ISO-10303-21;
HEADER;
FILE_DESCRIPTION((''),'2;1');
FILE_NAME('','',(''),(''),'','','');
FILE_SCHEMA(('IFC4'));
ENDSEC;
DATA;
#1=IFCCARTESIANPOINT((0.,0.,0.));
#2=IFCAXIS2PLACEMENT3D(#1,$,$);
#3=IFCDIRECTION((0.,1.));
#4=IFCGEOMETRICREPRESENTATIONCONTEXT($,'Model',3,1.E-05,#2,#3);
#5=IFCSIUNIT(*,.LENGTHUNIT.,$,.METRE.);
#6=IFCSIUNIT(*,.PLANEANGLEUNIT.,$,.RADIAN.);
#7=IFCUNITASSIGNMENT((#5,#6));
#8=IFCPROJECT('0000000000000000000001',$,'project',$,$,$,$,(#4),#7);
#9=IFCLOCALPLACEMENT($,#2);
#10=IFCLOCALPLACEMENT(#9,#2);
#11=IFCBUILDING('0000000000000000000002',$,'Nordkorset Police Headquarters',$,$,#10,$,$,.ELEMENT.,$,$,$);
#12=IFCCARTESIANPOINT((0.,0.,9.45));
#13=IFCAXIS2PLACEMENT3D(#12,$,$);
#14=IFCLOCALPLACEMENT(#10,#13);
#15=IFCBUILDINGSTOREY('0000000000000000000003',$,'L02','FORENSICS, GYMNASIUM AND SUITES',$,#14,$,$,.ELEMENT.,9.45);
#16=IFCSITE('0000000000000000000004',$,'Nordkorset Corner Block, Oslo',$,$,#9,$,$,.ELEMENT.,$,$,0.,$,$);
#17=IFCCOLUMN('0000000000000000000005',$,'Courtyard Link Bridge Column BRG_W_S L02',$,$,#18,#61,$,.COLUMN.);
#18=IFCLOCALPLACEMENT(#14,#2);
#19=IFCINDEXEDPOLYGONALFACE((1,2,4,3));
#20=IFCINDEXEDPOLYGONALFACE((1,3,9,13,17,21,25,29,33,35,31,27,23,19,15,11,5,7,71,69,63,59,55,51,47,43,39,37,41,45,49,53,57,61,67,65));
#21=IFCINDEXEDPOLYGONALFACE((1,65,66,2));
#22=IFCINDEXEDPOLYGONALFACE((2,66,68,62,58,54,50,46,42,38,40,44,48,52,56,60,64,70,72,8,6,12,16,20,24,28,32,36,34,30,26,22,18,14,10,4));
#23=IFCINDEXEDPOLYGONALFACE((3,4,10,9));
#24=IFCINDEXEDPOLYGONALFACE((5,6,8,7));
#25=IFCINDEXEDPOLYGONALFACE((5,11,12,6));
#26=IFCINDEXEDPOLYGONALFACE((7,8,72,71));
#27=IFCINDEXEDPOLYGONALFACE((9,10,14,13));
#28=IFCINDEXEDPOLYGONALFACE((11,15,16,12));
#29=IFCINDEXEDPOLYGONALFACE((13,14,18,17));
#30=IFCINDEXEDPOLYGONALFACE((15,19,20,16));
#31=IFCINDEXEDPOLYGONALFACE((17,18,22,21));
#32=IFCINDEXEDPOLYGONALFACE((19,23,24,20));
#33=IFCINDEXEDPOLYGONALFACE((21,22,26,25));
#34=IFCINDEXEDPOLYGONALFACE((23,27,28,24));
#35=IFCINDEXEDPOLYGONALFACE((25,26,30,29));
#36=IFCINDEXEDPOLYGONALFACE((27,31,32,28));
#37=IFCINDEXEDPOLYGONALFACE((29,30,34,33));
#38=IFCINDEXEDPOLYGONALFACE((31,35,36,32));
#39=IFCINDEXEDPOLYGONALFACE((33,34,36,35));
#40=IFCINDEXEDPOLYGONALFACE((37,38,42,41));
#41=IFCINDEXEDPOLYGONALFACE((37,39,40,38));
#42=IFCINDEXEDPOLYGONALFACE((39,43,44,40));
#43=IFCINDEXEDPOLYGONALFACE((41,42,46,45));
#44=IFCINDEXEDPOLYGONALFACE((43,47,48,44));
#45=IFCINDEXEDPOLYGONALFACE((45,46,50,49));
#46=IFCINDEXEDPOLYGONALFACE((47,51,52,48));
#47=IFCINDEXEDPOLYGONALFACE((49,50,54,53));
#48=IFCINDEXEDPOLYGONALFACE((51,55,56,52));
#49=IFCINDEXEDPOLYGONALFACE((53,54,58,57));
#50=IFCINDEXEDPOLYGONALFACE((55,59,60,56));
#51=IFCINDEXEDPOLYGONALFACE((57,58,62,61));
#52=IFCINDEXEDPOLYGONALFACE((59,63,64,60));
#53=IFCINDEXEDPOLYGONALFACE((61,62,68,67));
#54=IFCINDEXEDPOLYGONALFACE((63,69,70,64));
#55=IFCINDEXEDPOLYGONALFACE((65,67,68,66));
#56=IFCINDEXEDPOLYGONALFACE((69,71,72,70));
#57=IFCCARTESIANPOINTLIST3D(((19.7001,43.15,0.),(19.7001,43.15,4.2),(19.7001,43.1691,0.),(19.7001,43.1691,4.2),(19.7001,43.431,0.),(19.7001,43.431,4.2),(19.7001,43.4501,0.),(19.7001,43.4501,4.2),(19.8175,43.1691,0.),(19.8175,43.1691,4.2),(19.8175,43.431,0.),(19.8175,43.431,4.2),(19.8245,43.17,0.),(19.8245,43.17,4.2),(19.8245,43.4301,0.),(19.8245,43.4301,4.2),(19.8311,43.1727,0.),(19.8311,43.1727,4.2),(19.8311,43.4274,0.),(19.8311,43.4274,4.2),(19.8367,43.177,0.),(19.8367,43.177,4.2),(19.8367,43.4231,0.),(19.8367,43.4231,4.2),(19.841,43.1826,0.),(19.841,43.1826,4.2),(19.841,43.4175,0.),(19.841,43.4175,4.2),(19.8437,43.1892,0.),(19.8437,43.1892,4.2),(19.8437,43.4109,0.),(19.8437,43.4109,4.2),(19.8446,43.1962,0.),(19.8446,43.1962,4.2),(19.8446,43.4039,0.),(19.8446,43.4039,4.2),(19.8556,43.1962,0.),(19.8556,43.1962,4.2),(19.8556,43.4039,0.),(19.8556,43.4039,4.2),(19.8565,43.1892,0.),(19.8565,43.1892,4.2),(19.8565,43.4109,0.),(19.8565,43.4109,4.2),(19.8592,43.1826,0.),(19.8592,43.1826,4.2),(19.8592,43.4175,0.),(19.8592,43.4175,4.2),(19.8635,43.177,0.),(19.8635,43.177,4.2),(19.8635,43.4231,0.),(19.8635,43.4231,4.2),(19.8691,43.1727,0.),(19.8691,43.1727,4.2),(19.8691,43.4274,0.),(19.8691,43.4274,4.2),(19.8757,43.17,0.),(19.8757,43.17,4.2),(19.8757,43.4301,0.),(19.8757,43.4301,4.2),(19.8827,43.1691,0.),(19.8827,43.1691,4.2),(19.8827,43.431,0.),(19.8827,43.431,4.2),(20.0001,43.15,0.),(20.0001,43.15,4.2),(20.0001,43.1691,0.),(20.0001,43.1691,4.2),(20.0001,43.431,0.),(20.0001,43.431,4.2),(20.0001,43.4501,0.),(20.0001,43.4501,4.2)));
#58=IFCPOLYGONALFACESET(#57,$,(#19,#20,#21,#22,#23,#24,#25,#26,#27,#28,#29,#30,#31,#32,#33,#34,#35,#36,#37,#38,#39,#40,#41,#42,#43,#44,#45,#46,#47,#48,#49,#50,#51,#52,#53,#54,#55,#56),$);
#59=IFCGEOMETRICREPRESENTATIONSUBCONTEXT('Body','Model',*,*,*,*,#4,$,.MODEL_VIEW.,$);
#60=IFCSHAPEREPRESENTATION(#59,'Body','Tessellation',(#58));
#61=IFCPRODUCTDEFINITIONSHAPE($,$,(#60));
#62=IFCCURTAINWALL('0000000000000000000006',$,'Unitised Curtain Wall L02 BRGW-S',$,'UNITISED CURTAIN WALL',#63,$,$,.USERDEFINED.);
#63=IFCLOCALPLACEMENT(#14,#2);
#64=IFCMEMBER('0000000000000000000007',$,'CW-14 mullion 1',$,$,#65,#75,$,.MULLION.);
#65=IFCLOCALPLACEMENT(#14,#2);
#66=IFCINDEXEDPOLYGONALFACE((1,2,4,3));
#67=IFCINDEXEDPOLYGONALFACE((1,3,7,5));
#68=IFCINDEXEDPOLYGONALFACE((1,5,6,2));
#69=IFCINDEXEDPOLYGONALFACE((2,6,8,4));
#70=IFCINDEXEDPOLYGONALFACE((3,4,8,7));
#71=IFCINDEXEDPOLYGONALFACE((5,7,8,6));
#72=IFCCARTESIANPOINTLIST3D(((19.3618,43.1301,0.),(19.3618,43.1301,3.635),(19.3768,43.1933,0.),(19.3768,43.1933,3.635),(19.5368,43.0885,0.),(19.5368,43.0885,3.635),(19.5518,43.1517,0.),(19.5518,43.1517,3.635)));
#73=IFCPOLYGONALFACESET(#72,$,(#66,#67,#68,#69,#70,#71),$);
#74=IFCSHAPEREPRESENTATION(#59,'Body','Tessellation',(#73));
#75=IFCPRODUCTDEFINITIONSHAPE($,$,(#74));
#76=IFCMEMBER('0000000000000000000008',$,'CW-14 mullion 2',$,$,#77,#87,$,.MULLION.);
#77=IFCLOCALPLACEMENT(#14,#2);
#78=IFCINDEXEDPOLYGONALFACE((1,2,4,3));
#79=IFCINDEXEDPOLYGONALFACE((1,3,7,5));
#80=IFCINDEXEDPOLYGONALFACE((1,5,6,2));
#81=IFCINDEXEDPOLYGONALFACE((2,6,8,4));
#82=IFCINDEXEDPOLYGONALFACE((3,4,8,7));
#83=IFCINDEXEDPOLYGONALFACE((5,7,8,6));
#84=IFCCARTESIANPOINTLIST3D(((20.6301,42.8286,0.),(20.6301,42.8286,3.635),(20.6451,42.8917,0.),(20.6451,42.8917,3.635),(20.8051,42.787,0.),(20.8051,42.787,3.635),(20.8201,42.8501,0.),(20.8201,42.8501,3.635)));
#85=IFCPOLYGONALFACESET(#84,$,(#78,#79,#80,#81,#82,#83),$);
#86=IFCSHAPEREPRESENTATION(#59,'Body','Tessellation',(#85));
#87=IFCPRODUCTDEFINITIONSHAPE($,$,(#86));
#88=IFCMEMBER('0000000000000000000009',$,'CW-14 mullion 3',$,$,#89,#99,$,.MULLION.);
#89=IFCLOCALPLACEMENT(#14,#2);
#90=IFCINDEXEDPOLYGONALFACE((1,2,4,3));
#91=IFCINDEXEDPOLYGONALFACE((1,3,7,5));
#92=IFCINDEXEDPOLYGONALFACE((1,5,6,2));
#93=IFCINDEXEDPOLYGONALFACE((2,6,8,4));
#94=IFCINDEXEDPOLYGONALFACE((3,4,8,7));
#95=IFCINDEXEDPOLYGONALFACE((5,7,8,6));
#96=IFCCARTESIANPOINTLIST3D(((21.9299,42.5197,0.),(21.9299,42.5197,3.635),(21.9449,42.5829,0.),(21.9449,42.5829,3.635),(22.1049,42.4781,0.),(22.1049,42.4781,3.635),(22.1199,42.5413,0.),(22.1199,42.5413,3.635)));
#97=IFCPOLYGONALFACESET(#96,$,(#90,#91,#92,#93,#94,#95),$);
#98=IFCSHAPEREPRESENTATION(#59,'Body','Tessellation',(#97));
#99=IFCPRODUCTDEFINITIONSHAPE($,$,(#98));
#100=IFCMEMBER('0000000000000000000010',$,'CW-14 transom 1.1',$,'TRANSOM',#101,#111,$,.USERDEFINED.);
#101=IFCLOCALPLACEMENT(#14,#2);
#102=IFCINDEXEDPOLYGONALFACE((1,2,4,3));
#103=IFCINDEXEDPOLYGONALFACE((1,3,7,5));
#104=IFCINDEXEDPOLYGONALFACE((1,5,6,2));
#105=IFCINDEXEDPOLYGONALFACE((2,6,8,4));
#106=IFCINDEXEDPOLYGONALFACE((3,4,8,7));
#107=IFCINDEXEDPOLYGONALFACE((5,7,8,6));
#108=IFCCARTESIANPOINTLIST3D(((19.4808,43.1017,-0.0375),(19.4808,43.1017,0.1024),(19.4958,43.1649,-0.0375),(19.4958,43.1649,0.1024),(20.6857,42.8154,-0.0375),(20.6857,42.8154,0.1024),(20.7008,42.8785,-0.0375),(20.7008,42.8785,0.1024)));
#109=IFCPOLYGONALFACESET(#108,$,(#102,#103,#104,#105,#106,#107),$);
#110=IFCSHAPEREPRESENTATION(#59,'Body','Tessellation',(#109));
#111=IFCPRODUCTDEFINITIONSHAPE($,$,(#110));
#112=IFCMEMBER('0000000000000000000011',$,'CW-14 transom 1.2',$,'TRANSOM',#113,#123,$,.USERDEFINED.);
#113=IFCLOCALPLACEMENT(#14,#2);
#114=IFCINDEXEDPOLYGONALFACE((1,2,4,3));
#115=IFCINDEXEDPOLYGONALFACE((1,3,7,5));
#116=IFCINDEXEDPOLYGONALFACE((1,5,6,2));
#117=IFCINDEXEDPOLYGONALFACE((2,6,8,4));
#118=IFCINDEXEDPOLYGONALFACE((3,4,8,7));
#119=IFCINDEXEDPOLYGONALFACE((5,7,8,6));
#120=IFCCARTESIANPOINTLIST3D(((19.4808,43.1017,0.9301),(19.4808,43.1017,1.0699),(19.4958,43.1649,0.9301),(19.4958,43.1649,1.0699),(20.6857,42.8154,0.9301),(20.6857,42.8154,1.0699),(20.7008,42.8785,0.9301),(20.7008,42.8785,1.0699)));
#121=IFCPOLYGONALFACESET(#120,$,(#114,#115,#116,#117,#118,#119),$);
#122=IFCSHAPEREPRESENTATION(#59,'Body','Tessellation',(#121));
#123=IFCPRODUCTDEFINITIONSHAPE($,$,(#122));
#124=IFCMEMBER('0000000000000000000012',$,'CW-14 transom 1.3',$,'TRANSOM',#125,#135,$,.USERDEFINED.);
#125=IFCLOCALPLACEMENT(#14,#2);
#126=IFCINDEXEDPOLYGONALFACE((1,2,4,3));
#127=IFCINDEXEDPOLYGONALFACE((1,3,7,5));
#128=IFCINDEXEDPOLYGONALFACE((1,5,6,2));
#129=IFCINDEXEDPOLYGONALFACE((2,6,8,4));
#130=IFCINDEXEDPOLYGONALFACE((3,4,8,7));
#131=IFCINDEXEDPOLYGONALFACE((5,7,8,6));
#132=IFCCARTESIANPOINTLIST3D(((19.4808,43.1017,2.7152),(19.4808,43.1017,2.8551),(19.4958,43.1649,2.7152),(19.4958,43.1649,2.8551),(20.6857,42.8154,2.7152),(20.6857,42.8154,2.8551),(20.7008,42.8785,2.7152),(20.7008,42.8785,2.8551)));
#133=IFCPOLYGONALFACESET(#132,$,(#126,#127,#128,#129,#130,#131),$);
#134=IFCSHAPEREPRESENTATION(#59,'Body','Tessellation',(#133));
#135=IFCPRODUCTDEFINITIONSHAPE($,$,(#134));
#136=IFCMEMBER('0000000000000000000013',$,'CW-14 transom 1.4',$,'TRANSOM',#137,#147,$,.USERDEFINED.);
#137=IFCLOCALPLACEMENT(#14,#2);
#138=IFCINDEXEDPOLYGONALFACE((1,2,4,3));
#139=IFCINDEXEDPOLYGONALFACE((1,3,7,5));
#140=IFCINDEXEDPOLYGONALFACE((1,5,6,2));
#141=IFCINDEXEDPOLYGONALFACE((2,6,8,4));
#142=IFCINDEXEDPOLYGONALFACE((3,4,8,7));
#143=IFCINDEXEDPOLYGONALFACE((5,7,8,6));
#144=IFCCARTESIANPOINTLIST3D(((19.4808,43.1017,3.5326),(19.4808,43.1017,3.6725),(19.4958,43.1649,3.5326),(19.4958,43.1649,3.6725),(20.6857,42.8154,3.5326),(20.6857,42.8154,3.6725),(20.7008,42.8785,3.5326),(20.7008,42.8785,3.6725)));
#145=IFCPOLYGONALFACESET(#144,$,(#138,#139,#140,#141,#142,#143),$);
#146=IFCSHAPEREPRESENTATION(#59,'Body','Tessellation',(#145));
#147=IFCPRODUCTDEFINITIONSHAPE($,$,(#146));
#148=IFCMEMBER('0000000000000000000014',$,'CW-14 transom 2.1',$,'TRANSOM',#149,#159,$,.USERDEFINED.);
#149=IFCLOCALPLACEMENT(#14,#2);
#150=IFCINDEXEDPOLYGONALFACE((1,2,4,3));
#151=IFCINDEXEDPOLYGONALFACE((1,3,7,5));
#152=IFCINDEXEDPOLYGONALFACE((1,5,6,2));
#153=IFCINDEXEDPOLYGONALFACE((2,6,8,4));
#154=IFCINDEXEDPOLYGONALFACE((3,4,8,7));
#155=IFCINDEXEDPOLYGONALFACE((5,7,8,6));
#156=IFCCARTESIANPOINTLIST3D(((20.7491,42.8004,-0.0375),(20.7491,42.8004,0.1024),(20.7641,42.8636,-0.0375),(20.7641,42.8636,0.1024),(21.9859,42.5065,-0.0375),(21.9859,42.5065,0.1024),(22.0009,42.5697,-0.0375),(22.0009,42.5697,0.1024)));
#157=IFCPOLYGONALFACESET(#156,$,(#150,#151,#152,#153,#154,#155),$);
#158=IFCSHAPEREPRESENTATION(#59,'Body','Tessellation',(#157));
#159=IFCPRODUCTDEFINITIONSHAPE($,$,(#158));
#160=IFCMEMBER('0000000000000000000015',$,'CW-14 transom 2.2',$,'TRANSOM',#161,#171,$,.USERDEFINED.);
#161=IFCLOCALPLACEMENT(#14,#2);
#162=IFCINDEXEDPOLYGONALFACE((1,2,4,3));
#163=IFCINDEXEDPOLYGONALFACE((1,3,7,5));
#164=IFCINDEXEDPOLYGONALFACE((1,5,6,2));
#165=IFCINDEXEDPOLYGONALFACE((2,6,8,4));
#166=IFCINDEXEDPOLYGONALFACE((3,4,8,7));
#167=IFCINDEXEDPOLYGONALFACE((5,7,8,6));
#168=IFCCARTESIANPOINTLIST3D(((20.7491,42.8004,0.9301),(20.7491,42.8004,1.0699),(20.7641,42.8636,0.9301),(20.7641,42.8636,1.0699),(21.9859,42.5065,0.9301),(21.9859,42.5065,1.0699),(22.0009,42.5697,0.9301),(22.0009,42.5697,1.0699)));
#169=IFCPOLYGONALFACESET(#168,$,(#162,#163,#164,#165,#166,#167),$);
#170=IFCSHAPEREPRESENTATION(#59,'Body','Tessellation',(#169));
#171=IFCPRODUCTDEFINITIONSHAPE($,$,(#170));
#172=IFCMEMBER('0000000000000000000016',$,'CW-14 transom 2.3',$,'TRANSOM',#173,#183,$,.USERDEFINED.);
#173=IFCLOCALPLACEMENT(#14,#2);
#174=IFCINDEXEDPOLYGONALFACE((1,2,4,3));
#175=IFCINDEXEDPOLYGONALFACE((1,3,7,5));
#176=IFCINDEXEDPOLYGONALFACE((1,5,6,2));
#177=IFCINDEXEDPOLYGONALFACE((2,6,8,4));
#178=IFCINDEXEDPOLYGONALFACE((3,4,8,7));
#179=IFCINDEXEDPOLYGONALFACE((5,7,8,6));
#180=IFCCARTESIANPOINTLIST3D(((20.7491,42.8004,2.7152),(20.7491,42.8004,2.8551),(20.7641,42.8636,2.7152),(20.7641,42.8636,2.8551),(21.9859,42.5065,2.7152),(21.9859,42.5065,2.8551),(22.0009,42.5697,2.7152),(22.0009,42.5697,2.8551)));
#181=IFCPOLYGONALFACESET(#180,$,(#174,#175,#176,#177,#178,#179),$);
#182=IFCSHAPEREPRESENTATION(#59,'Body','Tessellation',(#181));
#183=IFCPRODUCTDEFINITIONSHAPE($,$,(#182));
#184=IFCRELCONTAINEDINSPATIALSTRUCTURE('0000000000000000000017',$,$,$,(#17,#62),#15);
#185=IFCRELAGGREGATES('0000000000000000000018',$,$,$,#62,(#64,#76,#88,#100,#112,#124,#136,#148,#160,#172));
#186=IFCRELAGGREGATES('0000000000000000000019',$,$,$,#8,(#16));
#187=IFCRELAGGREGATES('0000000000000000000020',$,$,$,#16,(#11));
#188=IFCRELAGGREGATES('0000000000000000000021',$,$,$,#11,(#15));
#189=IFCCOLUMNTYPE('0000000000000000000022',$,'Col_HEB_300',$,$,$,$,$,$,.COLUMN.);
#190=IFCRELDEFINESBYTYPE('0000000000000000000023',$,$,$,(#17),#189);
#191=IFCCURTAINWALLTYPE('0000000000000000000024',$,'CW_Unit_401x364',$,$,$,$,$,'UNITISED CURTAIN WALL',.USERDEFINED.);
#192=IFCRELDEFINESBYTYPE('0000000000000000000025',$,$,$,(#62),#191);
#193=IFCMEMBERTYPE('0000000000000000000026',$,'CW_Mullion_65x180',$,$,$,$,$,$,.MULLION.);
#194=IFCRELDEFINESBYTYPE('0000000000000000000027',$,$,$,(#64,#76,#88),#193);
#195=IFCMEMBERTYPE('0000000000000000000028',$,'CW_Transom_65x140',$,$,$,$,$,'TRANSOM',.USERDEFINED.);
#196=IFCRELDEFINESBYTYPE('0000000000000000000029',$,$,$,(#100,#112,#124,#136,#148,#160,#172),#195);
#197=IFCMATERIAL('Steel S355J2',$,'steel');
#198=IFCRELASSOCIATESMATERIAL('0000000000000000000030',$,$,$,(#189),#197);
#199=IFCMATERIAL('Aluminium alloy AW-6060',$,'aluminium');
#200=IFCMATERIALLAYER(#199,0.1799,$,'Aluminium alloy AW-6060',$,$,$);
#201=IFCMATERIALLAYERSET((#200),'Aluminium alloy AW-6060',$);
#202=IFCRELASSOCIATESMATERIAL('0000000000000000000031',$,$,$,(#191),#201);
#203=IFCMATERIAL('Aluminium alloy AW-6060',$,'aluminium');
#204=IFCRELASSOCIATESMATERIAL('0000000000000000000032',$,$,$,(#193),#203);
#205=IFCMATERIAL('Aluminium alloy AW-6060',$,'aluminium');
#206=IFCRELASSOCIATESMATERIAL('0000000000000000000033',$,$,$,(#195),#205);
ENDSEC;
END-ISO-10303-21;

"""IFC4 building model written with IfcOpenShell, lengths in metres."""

from ifc_helpers import new_model, si_unit, direction, frame, origin, origin_2d, place, context, subcontext, project, spatial, rectangle, i_section, extrude, material, layer, layer_set, material_profile, profile_set, type_object, element, aggregate, save


model = new_model("IFC4")

# Units and contexts
model_context = context("Model", 3, precision=1e-05, world=origin(), true_north=direction((0.0, 1.0)))
body_context = subcontext(model_context, "Body", "Model", "MODEL_VIEW")
ifc_project = project(units=[si_unit("LENGTHUNIT", "METRE"), si_unit("PLANEANGLEUNIT", "RADIAN")], contexts=[model_context])

# Site, building, storey
site_placement = place(None, origin())
site = spatial("IfcSite", under=ifc_project, at=site_placement, Name="Nordkorset Corner Block, Oslo", CompositionType="ELEMENT", RefElevation=0.0)
building_placement = place(site_placement, origin())
building = spatial("IfcBuilding", under=site, at=building_placement, Name="Nordkorset Police Headquarters", CompositionType="ELEMENT")
storey_placement = place(building_placement, frame((0.0, 0.0, 9.45)))
storey = spatial("IfcBuildingStorey", under=building, at=storey_placement, Name="L02", Description="FORENSICS, GYMNASIUM AND SUITES", CompositionType="ELEMENT", Elevation=9.45)

# Column
ifc_material_1 = material(Name="Steel S355J2", Category="steel")
ifc_material_profile_1 = material_profile(ifc_material_1, i_section(OverallWidth=0.3, OverallDepth=0.3, WebThickness=0.011, FlangeThickness=0.019, FilletRadius=0.0271, at=origin_2d()), Name="HEB 300")
ifc_profile_set_1 = profile_set([ifc_material_profile_1], Name="Steel S355J2")
column_type = type_object("IfcColumnType", Name="Col_HEB_300", PredefinedType="COLUMN", material=ifc_profile_set_1)
column_placement = place(storey_placement, frame((19.8501, 43.3, 0.0), z_axis=(0.0, 0.0, 1.0), x_axis=(1.0, 0.0, 0.0)))
element("IfcColumn", 1, at=column_placement, inside=storey, type_object=column_type, Name="Courtyard Link Bridge Column BRG_W_S L02", PredefinedType="COLUMN", context=body_context, shape_type="SweptSolid", body=[
    extrude(i_section(OverallWidth=0.3, OverallDepth=0.3, WebThickness=0.011, FlangeThickness=0.019, FilletRadius=0.0271, at=origin_2d()), origin(), (0.0, 0.0, 1.0), 4.2),
])

# Curtain wall, members
ifc_material_2 = material(Name="Aluminium alloy AW-6060", Category="aluminium")
ifc_layer_1 = layer(ifc_material_2, 0.1799, Name="Aluminium alloy AW-6060")
ifc_layer_set_1 = layer_set([ifc_layer_1], Name="Aluminium alloy AW-6060")
curtain_wall_type = type_object("IfcCurtainWallType", Name="CW_Unit_401x364", ElementType="UNITISED CURTAIN WALL", PredefinedType="USERDEFINED", material=ifc_layer_set_1)
curtain_wall_placement = place(storey_placement, origin())
curtain_wall = element("IfcCurtainWall", 2, at=curtain_wall_placement, inside=storey, type_object=curtain_wall_type, Name="Unitised Curtain Wall L02 BRGW-S", ObjectType="UNITISED CURTAIN WALL", PredefinedType="USERDEFINED")
ifc_material_3 = material(Name="Aluminium alloy AW-6060", Category="aluminium")
ifc_material_profile_2 = material_profile(ifc_material_3, rectangle(XDim=0.0649, YDim=0.1799, at=origin_2d()), Name="ALU MULL 65x180")
ifc_profile_set_2 = profile_set([ifc_material_profile_2], Name="Aluminium alloy AW-6060")
member_type_1 = type_object("IfcMemberType", Name="CW_Mullion_65x180", PredefinedType="MULLION", material=ifc_profile_set_2)
member_1_placement = place(storey_placement, frame((19.4568, 43.1409, 0.0), z_axis=(0.0, 0.0, 1.0), x_axis=(0.231206, 0.972905, 0.0)))
member_1 = element("IfcMember", 3, at=member_1_placement, type_object=member_type_1, Name="CW-14 mullion 1", PredefinedType="MULLION", context=body_context, shape_type="SweptSolid", body=[
    extrude(rectangle(XDim=0.0649, YDim=0.1799, at=origin_2d()), origin(), (0.0, 0.0, 1.0), 3.635),
])
member_2_placement = place(storey_placement, frame((20.7251, 42.8394, 0.0), z_axis=(0.0, 0.0, 1.0), x_axis=(0.231206, 0.972905, 0.0)))
member_2 = element("IfcMember", 4, at=member_2_placement, type_object=member_type_1, Name="CW-14 mullion 2", PredefinedType="MULLION", context=body_context, shape_type="SweptSolid", body=[
    extrude(rectangle(XDim=0.0649, YDim=0.1799, at=origin_2d()), origin(), (0.0, 0.0, 1.0), 3.635),
])
member_3_placement = place(storey_placement, frame((22.0249, 42.5305, 0.0), z_axis=(0.0, 0.0, 1.0), x_axis=(0.231206, 0.972905, 0.0)))
member_3 = element("IfcMember", 5, at=member_3_placement, type_object=member_type_1, Name="CW-14 mullion 3", PredefinedType="MULLION", context=body_context, shape_type="SweptSolid", body=[
    extrude(rectangle(XDim=0.0649, YDim=0.1799, at=origin_2d()), origin(), (0.0, 0.0, 1.0), 3.635),
])
ifc_material_4 = material(Name="Aluminium alloy AW-6060", Category="aluminium")
ifc_material_profile_3 = material_profile(ifc_material_4, rectangle(XDim=0.0649, YDim=0.1399, at=origin_2d()), Name="ALU TRAN 65x140")
ifc_profile_set_3 = profile_set([ifc_material_profile_3], Name="Aluminium alloy AW-6060")
member_type_2 = type_object("IfcMemberType", Name="CW_Transom_65x140", ElementType="TRANSOM", PredefinedType="USERDEFINED", material=ifc_profile_set_3)
member_4_placement = place(storey_placement, frame((19.4883, 43.1333, 0.0325), z_axis=(0.972906, -0.231203, 0.0), x_axis=(0.231203, 0.972906, 0.0)))
member_4 = element("IfcMember", 6, at=member_4_placement, type_object=member_type_2, Name="CW-14 transom 1.1", ObjectType="TRANSOM", PredefinedType="USERDEFINED", context=body_context, shape_type="SweptSolid", body=[
    extrude(rectangle(XDim=0.0649, YDim=0.1399, at=origin_2d()), origin(), (0.0, 0.0, 1.0), 1.2385),
])
member_5_placement = place(storey_placement, frame((19.4883, 43.1333, 1.0), z_axis=(0.972906, -0.231203, 0.0), x_axis=(0.231203, 0.972906, 0.0)))
member_5 = element("IfcMember", 7, at=member_5_placement, type_object=member_type_2, Name="CW-14 transom 1.2", ObjectType="TRANSOM", PredefinedType="USERDEFINED", context=body_context, shape_type="SweptSolid", body=[
    extrude(rectangle(XDim=0.0649, YDim=0.1399, at=origin_2d()), origin(), (0.0, 0.0, 1.0), 1.2385),
])
member_6_placement = place(storey_placement, frame((19.4883, 43.1333, 2.7852), z_axis=(0.972906, -0.231203, 0.0), x_axis=(0.231203, 0.972906, 0.0)))
member_6 = element("IfcMember", 8, at=member_6_placement, type_object=member_type_2, Name="CW-14 transom 1.3", ObjectType="TRANSOM", PredefinedType="USERDEFINED", context=body_context, shape_type="SweptSolid", body=[
    extrude(rectangle(XDim=0.0649, YDim=0.1399, at=origin_2d()), origin(), (0.0, 0.0, 1.0), 1.2385),
])
member_7_placement = place(storey_placement, frame((19.4883, 43.1333, 3.6025), z_axis=(0.972906, -0.231203, 0.0), x_axis=(0.231203, 0.972906, 0.0)))
member_7 = element("IfcMember", 9, at=member_7_placement, type_object=member_type_2, Name="CW-14 transom 1.4", ObjectType="TRANSOM", PredefinedType="USERDEFINED", context=body_context, shape_type="SweptSolid", body=[
    extrude(rectangle(XDim=0.0649, YDim=0.1399, at=origin_2d()), origin(), (0.0, 0.0, 1.0), 1.2385),
])
member_8_placement = place(storey_placement, frame((20.7566, 42.832, 0.0325), z_axis=(0.972901, -0.231222, 0.0), x_axis=(0.231222, 0.972901, 0.0)))
member_8 = element("IfcMember", 10, at=member_8_placement, type_object=member_type_2, Name="CW-14 transom 2.1", ObjectType="TRANSOM", PredefinedType="USERDEFINED", context=body_context, shape_type="SweptSolid", body=[
    extrude(rectangle(XDim=0.0649, YDim=0.1399, at=origin_2d()), origin(), (0.0, 0.0, 1.0), 1.2712),
])
member_9_placement = place(storey_placement, frame((20.7566, 42.832, 1.0), z_axis=(0.972901, -0.231222, 0.0), x_axis=(0.231222, 0.972901, 0.0)))
member_9 = element("IfcMember", 11, at=member_9_placement, type_object=member_type_2, Name="CW-14 transom 2.2", ObjectType="TRANSOM", PredefinedType="USERDEFINED", context=body_context, shape_type="SweptSolid", body=[
    extrude(rectangle(XDim=0.0649, YDim=0.1399, at=origin_2d()), origin(), (0.0, 0.0, 1.0), 1.2712),
])
member_10_placement = place(storey_placement, frame((20.7566, 42.832, 2.7852), z_axis=(0.972901, -0.231222, 0.0), x_axis=(0.231222, 0.972901, 0.0)))
member_10 = element("IfcMember", 12, at=member_10_placement, type_object=member_type_2, Name="CW-14 transom 2.3", ObjectType="TRANSOM", PredefinedType="USERDEFINED", context=body_context, shape_type="SweptSolid", body=[
    extrude(rectangle(XDim=0.0649, YDim=0.1399, at=origin_2d()), origin(), (0.0, 0.0, 1.0), 1.2712),
])

aggregate(curtain_wall, [member_1, member_2, member_3, member_4, member_5, member_6, member_7, member_8, member_9, member_10])

save(model, "model.ifc")
